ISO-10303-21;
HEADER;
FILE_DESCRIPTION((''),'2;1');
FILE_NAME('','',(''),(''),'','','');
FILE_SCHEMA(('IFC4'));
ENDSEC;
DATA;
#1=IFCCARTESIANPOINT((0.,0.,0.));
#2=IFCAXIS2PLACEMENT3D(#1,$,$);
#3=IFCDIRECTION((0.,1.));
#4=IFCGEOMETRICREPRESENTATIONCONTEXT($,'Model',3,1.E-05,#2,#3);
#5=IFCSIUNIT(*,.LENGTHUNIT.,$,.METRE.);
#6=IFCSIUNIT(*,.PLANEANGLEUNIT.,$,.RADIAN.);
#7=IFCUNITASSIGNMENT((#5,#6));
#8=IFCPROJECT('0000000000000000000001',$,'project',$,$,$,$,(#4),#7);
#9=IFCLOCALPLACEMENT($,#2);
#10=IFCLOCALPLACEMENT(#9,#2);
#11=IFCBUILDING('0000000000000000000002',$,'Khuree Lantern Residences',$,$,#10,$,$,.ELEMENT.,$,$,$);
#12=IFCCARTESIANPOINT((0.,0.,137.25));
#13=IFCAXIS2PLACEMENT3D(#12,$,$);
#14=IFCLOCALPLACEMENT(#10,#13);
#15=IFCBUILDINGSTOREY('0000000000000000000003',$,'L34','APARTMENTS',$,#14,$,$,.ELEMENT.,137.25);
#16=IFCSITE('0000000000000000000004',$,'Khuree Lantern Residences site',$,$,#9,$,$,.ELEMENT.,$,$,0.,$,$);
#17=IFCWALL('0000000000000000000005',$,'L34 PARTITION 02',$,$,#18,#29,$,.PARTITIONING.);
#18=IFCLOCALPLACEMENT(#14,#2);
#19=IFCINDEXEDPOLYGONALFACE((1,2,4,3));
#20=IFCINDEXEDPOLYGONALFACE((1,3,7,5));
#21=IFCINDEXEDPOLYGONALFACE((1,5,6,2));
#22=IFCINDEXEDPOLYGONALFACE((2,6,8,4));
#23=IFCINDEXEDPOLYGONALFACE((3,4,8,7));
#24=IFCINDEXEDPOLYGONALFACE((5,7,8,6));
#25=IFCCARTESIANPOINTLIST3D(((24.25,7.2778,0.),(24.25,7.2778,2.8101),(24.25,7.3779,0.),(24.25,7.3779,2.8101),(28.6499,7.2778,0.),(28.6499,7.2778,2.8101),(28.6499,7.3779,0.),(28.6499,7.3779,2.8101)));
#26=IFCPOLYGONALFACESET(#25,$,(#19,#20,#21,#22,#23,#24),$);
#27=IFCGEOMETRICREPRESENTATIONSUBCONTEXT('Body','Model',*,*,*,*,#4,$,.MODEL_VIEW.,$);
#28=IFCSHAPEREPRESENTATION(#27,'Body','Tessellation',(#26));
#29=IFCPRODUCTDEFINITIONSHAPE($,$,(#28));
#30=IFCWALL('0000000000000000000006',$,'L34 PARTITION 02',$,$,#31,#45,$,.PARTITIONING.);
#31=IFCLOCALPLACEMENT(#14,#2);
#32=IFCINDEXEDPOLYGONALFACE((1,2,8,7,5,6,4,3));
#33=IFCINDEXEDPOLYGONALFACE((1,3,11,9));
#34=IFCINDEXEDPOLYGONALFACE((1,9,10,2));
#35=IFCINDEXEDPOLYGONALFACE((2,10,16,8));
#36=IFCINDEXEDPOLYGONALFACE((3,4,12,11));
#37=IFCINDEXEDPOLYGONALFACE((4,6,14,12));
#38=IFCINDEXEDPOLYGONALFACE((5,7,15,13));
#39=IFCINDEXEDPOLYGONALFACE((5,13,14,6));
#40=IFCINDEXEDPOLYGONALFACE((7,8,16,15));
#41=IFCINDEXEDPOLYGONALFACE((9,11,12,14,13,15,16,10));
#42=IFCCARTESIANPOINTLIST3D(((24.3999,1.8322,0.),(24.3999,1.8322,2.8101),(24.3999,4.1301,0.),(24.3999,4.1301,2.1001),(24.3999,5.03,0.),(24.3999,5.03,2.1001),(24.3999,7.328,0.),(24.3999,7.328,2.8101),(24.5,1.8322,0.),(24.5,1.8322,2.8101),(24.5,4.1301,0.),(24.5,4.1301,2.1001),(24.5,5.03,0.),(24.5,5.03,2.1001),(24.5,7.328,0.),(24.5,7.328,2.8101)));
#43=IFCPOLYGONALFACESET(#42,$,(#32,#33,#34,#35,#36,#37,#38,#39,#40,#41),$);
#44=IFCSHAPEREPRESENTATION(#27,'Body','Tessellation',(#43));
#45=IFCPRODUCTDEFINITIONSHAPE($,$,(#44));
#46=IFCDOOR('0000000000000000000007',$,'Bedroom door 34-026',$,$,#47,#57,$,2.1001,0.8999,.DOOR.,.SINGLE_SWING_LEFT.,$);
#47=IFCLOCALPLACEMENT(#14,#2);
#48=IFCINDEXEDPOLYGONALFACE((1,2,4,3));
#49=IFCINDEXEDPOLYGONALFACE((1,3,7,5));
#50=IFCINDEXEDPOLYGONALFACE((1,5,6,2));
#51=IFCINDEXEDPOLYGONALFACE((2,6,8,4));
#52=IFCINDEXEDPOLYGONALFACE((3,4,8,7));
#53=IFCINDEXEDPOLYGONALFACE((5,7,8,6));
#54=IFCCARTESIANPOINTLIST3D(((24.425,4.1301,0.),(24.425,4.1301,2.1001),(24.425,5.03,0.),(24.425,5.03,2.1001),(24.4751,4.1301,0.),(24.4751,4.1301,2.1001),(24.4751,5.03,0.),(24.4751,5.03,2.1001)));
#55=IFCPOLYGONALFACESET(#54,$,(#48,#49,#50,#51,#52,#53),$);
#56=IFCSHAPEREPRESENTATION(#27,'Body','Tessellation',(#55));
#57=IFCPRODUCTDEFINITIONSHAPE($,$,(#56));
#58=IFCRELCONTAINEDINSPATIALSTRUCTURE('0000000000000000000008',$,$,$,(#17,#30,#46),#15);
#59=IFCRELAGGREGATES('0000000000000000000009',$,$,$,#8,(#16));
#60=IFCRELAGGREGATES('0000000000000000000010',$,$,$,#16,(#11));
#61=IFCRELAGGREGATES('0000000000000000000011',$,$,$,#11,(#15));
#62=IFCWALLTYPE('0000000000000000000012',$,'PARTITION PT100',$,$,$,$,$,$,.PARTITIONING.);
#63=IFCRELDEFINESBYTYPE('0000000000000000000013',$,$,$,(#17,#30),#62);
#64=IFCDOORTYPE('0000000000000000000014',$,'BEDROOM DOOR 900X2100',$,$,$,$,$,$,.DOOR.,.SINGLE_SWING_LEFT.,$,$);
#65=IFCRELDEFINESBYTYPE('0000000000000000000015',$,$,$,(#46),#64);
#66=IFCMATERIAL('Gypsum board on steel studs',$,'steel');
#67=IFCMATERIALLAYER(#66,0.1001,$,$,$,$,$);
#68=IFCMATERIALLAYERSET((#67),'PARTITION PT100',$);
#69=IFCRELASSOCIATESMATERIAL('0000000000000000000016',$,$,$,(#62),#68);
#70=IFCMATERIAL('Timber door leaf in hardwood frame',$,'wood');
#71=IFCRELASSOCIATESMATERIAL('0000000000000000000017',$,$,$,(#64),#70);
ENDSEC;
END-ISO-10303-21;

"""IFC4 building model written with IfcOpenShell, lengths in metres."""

from ifc_helpers import new_model, si_unit, direction, frame, frame_2d, origin, place, context, subcontext, project, spatial, rectangle, extrude, material, layer, layer_set, type_object, element, fill, save


model = new_model("IFC4")

# Units and contexts
model_context = context("Model", 3, precision=1e-05, world=origin(), true_north=direction((0.0, 1.0)))
body_context = subcontext(model_context, "Body", "Model", "MODEL_VIEW")
ifc_project = project(units=[si_unit("LENGTHUNIT", "METRE"), si_unit("PLANEANGLEUNIT", "RADIAN")], contexts=[model_context])

# Site, building, storey
site_placement = place(None, origin())
site = spatial("IfcSite", under=ifc_project, at=site_placement, Name="Khuree Lantern Residences site", CompositionType="ELEMENT", RefElevation=0.0)
building_placement = place(site_placement, origin())
building = spatial("IfcBuilding", under=site, at=building_placement, Name="Khuree Lantern Residences", CompositionType="ELEMENT")
storey_placement = place(building_placement, frame((0.0, 0.0, 137.25)))
storey = spatial("IfcBuildingStorey", under=building, at=storey_placement, Name="L34", Description="APARTMENTS", CompositionType="ELEMENT", Elevation=137.25)

# Shared definitions
ifc_material_1 = material(Name="Timber door leaf in hardwood frame", Category="wood")

# Wall
ifc_material_2 = material(Name="Gypsum board on steel studs", Category="steel")
ifc_layer_1 = layer(ifc_material_2, 0.1001)
ifc_layer_set_1 = layer_set([ifc_layer_1], Name="PARTITION PT100")
wall_type_1 = type_object("IfcWallType", Name="PARTITION PT100", PredefinedType="PARTITIONING", material=ifc_layer_set_1)
for number, where, z_axis, x_axis, name in (
    (1, (24.25, 7.3279, 0.0), (0.0, 0.0, 1.0), (1.0, 0.0, 0.0), "L34 PARTITION 02"),
):
    element("IfcWall", number, at=place(storey_placement, frame(where, z_axis=z_axis, x_axis=x_axis)), inside=storey, type_object=wall_type_1, Name=name, PredefinedType="PARTITIONING", context=body_context, shape_type="SweptSolid", body=[
        extrude(rectangle(XDim=4.3999, YDim=0.1001, at=frame_2d((2.2, 0.0))), origin(), (0.0, 0.0, 1.0), 2.8101),
    ])

# Wall, opening, door
wall_1_placement = place(storey_placement, frame((24.45, 1.832, 0.0), z_axis=(0.0, 0.0, 1.0), x_axis=(0.0, 1.0, 0.0)))
wall_1 = element("IfcWall", 2, at=wall_1_placement, inside=storey, type_object=wall_type_1, Name="L34 PARTITION 02", PredefinedType="PARTITIONING", context=body_context, shape_type="SweptSolid", body=[
    extrude(rectangle(XDim=5.4958, YDim=0.1001, at=frame_2d((2.748, 0.0))), origin(), (0.0, 0.0, 1.0), 2.8101),
])
opening_1_placement = place(wall_1_placement, frame((2.2981, 0.0, 0.0)))
opening_1 = element("IfcOpeningElement", 3, at=opening_1_placement, cuts=wall_1, PredefinedType="OPENING", context=body_context, shape_type="SweptSolid", body=[
    extrude(rectangle(XDim=0.8999, YDim=2.1001, at=frame_2d((0.45, 1.05))), frame((0.0, 0.0601, 0.0), z_axis=(0.0, -1.0, 0.0), x_axis=(1.0, 0.0, 0.0)), (0.0, 0.0, 1.0), 0.1201),
])
door_type_1 = type_object("IfcDoorType", Name="BEDROOM DOOR 900X2100", OperationType="SINGLE_SWING_LEFT", PredefinedType="DOOR", material=ifc_material_1)
door_1_placement = place(opening_1_placement, origin())
door_1 = element("IfcDoor", 4, at=door_1_placement, inside=storey, type_object=door_type_1, Name="Bedroom door 34-026", OperationType="SINGLE_SWING_LEFT", OverallHeight=2.1001, OverallWidth=0.8999, PredefinedType="DOOR", context=body_context, shape_type="SweptSolid", body=[
    extrude(rectangle(XDim=0.8999, YDim=2.1001, at=frame_2d((0.45, 1.05))), frame((0.0, 0.0249, 0.0), z_axis=(0.0, -1.0, 0.0), x_axis=(1.0, 0.0, 0.0)), (0.0, 0.0, 1.0), 0.05),
])
fill(opening_1, door_1)

save(model, "model.ifc")
